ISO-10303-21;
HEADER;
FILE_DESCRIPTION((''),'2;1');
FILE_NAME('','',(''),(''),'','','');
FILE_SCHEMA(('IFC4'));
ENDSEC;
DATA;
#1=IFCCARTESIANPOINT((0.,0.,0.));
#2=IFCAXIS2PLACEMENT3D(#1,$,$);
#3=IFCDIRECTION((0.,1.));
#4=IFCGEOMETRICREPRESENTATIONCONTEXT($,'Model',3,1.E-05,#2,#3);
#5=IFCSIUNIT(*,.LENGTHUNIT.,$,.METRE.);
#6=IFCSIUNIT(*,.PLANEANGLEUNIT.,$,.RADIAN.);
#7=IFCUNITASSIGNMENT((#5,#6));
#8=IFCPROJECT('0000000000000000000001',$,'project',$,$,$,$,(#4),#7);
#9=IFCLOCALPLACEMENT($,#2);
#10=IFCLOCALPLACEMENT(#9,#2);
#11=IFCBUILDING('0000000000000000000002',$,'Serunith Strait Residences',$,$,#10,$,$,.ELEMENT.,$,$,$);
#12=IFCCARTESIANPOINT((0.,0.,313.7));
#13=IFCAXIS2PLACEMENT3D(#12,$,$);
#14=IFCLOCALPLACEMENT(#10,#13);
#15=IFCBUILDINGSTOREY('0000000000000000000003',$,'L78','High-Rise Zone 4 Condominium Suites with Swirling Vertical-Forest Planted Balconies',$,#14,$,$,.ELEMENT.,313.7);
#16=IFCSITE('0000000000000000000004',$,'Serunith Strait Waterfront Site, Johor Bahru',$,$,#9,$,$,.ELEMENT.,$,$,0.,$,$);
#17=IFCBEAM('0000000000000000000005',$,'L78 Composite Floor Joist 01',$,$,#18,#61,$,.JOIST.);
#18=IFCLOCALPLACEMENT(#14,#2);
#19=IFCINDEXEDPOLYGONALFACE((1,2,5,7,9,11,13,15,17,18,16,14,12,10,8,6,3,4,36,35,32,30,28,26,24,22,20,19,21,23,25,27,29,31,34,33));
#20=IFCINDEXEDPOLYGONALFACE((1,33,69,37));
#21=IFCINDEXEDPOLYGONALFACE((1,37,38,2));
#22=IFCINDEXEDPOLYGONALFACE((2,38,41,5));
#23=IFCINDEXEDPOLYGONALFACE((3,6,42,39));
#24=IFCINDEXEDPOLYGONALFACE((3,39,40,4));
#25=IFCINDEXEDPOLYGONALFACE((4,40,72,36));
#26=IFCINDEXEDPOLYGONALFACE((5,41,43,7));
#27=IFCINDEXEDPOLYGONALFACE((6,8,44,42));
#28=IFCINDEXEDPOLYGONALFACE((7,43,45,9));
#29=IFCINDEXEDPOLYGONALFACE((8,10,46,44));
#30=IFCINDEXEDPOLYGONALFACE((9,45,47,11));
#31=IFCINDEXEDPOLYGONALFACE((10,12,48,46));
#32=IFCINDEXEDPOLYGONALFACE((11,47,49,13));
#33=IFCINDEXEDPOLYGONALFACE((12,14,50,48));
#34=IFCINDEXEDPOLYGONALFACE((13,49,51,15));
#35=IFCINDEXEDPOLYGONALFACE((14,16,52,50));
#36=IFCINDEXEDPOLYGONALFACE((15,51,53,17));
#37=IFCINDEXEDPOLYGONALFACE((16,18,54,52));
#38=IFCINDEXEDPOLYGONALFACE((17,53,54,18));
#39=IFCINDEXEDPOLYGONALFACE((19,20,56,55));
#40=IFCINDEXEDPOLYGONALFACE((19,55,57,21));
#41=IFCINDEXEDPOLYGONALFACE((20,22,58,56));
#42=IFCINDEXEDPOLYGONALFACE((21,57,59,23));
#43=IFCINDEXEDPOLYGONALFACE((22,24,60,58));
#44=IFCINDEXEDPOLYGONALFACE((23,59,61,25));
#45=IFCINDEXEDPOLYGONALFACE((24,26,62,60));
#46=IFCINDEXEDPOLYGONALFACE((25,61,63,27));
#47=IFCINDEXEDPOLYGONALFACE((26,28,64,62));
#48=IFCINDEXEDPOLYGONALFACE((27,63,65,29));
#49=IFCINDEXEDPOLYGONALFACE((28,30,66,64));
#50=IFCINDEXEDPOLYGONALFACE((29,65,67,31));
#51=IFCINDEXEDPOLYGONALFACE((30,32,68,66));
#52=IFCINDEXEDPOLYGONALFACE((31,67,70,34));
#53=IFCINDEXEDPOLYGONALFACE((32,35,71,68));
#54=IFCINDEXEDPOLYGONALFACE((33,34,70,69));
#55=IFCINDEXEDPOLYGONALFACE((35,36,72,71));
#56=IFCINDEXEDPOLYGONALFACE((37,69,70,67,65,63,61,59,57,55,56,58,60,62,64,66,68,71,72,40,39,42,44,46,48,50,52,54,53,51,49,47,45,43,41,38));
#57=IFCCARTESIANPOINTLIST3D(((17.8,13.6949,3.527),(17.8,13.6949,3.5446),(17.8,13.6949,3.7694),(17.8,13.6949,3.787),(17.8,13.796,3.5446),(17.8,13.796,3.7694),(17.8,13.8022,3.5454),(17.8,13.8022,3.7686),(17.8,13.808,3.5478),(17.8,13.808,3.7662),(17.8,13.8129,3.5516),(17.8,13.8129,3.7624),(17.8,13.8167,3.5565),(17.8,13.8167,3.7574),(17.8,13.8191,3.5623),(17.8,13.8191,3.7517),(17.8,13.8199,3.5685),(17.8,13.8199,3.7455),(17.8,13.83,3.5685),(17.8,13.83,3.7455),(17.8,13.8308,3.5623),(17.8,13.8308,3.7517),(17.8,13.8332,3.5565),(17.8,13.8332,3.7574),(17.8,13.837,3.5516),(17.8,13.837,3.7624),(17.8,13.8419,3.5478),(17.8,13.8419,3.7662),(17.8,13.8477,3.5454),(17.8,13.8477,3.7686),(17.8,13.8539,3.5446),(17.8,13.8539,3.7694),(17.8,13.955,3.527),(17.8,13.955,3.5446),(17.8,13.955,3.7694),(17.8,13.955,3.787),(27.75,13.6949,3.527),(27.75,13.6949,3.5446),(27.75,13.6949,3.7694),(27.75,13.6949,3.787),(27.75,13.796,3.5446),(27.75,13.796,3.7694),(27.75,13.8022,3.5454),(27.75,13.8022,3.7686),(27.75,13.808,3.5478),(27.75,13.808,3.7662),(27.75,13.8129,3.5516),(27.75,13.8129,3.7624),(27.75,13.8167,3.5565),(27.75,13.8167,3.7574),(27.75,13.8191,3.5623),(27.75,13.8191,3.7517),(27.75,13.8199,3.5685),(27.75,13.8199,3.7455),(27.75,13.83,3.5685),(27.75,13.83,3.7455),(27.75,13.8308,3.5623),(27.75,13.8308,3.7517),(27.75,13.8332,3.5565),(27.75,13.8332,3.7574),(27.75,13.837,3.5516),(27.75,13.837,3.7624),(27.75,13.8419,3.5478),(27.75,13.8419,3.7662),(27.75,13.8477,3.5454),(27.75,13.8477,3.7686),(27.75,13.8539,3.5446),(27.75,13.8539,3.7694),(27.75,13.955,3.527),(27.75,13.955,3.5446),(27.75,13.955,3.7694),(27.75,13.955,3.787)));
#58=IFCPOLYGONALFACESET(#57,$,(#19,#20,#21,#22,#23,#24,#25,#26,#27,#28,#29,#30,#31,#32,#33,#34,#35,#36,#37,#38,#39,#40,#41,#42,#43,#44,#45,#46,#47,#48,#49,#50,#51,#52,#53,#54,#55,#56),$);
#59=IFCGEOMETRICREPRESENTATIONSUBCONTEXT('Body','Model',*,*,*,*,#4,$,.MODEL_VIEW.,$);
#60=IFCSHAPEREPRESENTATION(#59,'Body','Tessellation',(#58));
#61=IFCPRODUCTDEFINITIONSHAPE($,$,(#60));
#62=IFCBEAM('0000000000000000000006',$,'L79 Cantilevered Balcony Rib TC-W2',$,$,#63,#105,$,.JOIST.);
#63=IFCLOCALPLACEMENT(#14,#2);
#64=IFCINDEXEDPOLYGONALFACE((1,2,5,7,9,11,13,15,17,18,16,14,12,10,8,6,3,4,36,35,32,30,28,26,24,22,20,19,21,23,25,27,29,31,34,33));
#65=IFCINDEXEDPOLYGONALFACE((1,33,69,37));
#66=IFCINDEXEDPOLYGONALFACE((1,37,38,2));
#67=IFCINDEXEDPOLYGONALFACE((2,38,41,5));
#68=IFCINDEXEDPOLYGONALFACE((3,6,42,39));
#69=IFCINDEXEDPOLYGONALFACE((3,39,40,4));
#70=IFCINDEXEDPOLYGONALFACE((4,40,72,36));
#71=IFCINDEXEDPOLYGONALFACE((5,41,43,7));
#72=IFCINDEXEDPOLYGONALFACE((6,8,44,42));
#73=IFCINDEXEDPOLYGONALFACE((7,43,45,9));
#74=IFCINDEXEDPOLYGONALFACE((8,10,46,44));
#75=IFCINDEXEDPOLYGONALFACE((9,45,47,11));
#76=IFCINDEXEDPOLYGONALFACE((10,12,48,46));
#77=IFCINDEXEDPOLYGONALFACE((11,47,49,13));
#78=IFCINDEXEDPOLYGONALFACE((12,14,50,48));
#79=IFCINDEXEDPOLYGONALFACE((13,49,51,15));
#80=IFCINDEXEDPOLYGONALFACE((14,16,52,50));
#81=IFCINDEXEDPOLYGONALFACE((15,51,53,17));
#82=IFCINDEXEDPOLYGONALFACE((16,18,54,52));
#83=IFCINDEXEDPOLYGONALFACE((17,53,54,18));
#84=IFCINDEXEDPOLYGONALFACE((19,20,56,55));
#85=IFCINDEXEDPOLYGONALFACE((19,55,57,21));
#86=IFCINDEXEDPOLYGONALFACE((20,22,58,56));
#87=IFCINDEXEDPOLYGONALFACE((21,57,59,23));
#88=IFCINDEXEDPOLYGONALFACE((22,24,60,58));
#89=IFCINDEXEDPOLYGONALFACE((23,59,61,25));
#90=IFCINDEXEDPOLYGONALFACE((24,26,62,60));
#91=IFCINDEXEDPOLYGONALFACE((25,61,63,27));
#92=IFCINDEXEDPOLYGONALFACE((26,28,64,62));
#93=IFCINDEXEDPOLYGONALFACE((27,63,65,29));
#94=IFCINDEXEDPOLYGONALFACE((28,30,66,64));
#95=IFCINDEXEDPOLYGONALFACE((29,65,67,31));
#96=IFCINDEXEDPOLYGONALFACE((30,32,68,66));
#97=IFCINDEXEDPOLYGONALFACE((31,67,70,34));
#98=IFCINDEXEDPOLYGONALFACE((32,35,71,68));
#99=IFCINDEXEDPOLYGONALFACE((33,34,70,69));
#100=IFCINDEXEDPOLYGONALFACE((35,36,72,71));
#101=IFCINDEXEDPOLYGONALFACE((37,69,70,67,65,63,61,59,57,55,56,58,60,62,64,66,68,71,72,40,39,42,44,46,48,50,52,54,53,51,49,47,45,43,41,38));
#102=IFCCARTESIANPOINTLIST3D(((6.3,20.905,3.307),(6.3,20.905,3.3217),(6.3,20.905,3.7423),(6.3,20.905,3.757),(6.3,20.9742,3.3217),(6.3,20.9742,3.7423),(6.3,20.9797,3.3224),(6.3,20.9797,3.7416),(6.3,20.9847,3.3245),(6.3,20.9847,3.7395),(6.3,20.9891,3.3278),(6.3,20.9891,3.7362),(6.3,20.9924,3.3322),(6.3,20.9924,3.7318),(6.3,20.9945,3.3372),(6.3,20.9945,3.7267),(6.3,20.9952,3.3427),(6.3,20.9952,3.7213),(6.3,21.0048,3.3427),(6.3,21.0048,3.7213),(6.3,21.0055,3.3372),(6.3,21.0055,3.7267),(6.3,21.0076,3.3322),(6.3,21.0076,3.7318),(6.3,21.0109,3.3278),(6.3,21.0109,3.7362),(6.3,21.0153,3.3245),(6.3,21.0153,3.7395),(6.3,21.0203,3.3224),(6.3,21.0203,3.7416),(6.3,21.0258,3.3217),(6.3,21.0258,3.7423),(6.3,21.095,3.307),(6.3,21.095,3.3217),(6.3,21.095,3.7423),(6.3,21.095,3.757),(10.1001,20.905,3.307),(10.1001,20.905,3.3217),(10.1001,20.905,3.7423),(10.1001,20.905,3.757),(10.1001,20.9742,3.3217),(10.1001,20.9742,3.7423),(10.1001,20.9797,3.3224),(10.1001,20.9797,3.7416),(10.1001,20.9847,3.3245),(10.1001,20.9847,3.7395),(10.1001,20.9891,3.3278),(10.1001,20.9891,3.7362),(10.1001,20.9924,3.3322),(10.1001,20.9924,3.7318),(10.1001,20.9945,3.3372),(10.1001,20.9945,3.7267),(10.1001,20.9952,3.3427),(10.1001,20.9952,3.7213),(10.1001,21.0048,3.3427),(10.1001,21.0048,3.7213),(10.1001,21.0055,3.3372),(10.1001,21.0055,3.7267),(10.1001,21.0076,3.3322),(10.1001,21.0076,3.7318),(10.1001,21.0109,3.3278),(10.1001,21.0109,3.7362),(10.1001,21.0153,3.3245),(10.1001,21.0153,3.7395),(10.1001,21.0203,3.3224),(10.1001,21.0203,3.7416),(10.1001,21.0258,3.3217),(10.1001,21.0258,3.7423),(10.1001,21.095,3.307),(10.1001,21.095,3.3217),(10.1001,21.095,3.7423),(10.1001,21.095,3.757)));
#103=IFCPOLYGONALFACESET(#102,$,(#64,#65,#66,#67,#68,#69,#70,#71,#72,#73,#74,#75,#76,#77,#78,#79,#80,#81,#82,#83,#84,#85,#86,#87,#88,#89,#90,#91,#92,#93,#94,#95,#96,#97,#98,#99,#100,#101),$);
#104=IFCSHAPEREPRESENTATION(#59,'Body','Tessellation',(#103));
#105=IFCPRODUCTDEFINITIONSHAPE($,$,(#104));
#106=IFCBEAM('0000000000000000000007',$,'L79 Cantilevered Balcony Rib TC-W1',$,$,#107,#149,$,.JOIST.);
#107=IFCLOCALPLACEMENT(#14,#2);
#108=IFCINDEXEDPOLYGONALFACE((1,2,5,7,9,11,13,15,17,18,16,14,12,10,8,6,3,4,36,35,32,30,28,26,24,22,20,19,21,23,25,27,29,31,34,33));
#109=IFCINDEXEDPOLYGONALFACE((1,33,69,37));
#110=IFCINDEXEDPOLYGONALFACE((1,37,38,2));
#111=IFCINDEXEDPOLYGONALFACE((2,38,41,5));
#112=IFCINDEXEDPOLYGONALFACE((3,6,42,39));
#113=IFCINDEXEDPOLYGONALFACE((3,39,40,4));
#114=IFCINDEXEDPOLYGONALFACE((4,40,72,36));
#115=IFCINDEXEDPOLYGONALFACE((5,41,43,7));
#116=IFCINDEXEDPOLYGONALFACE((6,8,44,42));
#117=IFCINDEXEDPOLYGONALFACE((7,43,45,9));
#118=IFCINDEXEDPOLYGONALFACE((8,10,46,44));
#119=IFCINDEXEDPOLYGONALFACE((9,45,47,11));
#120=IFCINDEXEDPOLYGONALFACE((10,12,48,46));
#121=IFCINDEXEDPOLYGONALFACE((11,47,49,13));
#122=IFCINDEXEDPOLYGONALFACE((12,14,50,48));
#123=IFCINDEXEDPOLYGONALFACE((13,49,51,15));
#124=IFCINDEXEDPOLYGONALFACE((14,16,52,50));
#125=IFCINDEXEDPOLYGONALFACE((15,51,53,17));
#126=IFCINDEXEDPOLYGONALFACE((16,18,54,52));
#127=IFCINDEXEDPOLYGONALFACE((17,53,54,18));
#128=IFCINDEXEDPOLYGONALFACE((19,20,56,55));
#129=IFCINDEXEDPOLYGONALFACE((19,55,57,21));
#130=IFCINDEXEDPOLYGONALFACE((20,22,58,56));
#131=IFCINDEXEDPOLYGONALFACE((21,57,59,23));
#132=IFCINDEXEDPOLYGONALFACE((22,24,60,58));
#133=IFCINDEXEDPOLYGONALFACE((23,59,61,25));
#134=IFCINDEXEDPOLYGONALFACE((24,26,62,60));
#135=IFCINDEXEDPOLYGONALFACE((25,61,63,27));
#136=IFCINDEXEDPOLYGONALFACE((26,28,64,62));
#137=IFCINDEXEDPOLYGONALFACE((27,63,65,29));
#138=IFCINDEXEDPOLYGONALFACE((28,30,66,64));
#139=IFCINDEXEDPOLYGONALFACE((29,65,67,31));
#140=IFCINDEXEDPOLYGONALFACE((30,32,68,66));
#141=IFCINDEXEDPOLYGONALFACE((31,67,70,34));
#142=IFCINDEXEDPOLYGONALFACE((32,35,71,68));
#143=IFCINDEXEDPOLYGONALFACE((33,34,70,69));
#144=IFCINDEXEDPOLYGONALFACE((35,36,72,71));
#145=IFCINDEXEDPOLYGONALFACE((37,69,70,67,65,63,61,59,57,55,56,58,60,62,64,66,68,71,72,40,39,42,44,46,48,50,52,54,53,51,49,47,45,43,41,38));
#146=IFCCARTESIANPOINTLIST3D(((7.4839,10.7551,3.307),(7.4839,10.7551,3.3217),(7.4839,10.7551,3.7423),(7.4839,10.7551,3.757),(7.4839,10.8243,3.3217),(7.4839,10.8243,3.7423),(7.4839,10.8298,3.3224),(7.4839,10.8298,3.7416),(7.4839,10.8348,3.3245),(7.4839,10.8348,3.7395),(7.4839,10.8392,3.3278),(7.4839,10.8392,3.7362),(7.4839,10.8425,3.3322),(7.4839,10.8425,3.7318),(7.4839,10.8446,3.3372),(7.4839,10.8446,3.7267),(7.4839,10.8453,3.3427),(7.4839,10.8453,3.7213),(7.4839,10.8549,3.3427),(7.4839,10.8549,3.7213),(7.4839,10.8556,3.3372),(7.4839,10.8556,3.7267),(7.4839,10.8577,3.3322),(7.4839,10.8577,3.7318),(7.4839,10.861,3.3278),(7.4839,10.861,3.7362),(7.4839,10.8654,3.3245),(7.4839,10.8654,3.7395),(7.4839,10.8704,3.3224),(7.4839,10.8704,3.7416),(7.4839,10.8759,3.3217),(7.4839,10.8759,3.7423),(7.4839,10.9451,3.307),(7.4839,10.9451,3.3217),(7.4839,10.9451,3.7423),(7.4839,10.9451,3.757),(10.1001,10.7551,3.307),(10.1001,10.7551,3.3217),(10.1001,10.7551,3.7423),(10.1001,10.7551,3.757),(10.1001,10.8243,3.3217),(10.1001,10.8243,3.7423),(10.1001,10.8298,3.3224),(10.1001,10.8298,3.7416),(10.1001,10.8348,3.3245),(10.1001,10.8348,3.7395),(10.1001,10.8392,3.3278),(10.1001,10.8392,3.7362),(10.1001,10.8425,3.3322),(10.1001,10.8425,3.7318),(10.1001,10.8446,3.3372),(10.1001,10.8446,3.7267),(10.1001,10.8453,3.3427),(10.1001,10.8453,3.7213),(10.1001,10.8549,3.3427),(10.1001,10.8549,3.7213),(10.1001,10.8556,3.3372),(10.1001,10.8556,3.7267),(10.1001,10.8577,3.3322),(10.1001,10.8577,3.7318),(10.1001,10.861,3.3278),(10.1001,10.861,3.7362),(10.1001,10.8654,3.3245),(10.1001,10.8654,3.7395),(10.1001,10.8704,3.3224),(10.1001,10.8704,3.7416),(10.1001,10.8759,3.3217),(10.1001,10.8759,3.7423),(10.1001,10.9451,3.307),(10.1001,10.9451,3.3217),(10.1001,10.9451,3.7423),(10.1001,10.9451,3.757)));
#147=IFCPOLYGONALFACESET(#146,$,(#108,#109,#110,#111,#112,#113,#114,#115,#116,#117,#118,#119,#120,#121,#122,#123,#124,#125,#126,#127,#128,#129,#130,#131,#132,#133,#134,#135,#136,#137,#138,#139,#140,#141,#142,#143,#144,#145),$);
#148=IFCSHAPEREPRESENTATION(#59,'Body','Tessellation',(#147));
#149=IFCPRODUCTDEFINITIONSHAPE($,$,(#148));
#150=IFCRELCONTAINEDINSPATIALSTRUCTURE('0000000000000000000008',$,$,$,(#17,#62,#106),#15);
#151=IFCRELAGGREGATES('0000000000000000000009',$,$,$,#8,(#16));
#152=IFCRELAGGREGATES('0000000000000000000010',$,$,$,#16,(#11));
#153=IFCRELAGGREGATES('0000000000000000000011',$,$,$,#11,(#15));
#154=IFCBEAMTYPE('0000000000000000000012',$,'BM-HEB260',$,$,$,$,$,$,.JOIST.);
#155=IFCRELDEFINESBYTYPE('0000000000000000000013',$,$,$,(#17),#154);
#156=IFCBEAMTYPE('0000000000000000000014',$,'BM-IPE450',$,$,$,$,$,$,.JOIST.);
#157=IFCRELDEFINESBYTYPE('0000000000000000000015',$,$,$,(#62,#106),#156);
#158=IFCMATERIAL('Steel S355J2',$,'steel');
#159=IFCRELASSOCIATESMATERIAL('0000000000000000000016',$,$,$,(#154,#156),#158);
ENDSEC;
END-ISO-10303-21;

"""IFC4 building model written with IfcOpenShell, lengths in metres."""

from ifc_helpers import new_model, si_unit, direction, frame, origin, origin_2d, place, context, subcontext, project, spatial, i_section, extrude, source, transform, mapped, material, material_profile, profile_set, type_object, element, save


model = new_model("IFC4")

# Units and contexts
model_context = context("Model", 3, precision=1e-05, world=origin(), true_north=direction((0.0, 1.0)))
body_context = subcontext(model_context, "Body", "Model", "MODEL_VIEW")
ifc_project = project(units=[si_unit("LENGTHUNIT", "METRE"), si_unit("PLANEANGLEUNIT", "RADIAN")], contexts=[model_context])

# Site, building, storey
site_placement = place(None, origin())
site = spatial("IfcSite", under=ifc_project, at=site_placement, Name="Serunith Strait Waterfront Site, Johor Bahru", CompositionType="ELEMENT", RefElevation=0.0)
building_placement = place(site_placement, origin())
building = spatial("IfcBuilding", under=site, at=building_placement, Name="Serunith Strait Residences", CompositionType="ELEMENT")
storey_placement = place(building_placement, frame((0.0, 0.0, 313.7)))
storey = spatial("IfcBuildingStorey", under=building, at=storey_placement, Name="L78", Description="High-Rise Zone 4 Condominium Suites with Swirling Vertical-Forest Planted Balconies", CompositionType="ELEMENT", Elevation=313.7)

# Beams
ifc_material_1 = material(Name="Steel S355J2", Category="steel")
ifc_material_profile_1 = material_profile(ifc_material_1, i_section(OverallWidth=0.26, OverallDepth=0.26, WebThickness=0.01, FlangeThickness=0.0176, FilletRadius=0.0239, at=origin_2d()), Name="HEB 260")
ifc_profile_set_1 = profile_set([ifc_material_profile_1], Name="Steel S355J2")
beam_type_1 = type_object("IfcBeamType", Name="BM-HEB260", PredefinedType="JOIST", material=ifc_profile_set_1)
shared_shape_1 = source(origin(), body_context, "Body", "SweptSolid", [
    extrude(i_section(OverallWidth=0.26, OverallDepth=0.26, WebThickness=0.01, FlangeThickness=0.0176, FilletRadius=0.0239, at=origin_2d()), origin(), (0.0, 0.0, 1.0), 9.95),
])
beam_1_placement = place(storey_placement, frame((17.8, 13.825, 3.657), z_axis=(1.0, 0.0, 0.0), x_axis=(0.0, 1.0, 0.0)))
element("IfcBeam", 1, at=beam_1_placement, inside=storey, type_object=beam_type_1, Name="L78 Composite Floor Joist 01", PredefinedType="JOIST", context=body_context, shape_type="MappedRepresentation", body=[
    mapped(shared_shape_1, transform((0.0, 0.0, 0.0), scale=1.0)),
])
ifc_material_profile_2 = material_profile(ifc_material_1, i_section(OverallWidth=0.1899, OverallDepth=0.45, WebThickness=0.0095, FlangeThickness=0.0146, FilletRadius=0.021, at=origin_2d()), Name="IPE 450")
ifc_profile_set_2 = profile_set([ifc_material_profile_2], Name="Steel S355J2")
beam_type_2 = type_object("IfcBeamType", Name="BM-IPE450", PredefinedType="JOIST", material=ifc_profile_set_2)
shared_shape_2 = source(origin(), body_context, "Body", "SweptSolid", [
    extrude(i_section(OverallWidth=0.1899, OverallDepth=0.45, WebThickness=0.0095, FlangeThickness=0.0146, FilletRadius=0.021, at=origin_2d()), origin(), (0.0, 0.0, 1.0), 3.8),
])
beam_2_placement = place(storey_placement, frame((10.1001, 21.0, 3.532), z_axis=(-1.0, 0.0, 0.0), x_axis=(0.0, -1.0, 0.0)))
element("IfcBeam", 2, at=beam_2_placement, inside=storey, type_object=beam_type_2, Name="L79 Cantilevered Balcony Rib TC-W2", PredefinedType="JOIST", context=body_context, shape_type="MappedRepresentation", body=[
    mapped(shared_shape_2, transform((0.0, 0.0, 0.0), scale=1.0)),
])
shared_shape_3 = source(origin(), body_context, "Body", "SweptSolid", [
    extrude(i_section(OverallWidth=0.1899, OverallDepth=0.45, WebThickness=0.0095, FlangeThickness=0.0146, FilletRadius=0.021, at=origin_2d()), origin(), (0.0, 0.0, 1.0), 2.6162),
])
beam_3_placement = place(storey_placement, frame((10.1001, 10.8501, 3.532), z_axis=(-1.0, 0.0, 0.0), x_axis=(0.0, -1.0, 0.0)))
element("IfcBeam", 3, at=beam_3_placement, inside=storey, type_object=beam_type_2, Name="L79 Cantilevered Balcony Rib TC-W1", PredefinedType="JOIST", context=body_context, shape_type="MappedRepresentation", body=[
    mapped(shared_shape_3, transform((0.0, 0.0, 0.0), scale=1.0)),
])

save(model, "model.ifc")
